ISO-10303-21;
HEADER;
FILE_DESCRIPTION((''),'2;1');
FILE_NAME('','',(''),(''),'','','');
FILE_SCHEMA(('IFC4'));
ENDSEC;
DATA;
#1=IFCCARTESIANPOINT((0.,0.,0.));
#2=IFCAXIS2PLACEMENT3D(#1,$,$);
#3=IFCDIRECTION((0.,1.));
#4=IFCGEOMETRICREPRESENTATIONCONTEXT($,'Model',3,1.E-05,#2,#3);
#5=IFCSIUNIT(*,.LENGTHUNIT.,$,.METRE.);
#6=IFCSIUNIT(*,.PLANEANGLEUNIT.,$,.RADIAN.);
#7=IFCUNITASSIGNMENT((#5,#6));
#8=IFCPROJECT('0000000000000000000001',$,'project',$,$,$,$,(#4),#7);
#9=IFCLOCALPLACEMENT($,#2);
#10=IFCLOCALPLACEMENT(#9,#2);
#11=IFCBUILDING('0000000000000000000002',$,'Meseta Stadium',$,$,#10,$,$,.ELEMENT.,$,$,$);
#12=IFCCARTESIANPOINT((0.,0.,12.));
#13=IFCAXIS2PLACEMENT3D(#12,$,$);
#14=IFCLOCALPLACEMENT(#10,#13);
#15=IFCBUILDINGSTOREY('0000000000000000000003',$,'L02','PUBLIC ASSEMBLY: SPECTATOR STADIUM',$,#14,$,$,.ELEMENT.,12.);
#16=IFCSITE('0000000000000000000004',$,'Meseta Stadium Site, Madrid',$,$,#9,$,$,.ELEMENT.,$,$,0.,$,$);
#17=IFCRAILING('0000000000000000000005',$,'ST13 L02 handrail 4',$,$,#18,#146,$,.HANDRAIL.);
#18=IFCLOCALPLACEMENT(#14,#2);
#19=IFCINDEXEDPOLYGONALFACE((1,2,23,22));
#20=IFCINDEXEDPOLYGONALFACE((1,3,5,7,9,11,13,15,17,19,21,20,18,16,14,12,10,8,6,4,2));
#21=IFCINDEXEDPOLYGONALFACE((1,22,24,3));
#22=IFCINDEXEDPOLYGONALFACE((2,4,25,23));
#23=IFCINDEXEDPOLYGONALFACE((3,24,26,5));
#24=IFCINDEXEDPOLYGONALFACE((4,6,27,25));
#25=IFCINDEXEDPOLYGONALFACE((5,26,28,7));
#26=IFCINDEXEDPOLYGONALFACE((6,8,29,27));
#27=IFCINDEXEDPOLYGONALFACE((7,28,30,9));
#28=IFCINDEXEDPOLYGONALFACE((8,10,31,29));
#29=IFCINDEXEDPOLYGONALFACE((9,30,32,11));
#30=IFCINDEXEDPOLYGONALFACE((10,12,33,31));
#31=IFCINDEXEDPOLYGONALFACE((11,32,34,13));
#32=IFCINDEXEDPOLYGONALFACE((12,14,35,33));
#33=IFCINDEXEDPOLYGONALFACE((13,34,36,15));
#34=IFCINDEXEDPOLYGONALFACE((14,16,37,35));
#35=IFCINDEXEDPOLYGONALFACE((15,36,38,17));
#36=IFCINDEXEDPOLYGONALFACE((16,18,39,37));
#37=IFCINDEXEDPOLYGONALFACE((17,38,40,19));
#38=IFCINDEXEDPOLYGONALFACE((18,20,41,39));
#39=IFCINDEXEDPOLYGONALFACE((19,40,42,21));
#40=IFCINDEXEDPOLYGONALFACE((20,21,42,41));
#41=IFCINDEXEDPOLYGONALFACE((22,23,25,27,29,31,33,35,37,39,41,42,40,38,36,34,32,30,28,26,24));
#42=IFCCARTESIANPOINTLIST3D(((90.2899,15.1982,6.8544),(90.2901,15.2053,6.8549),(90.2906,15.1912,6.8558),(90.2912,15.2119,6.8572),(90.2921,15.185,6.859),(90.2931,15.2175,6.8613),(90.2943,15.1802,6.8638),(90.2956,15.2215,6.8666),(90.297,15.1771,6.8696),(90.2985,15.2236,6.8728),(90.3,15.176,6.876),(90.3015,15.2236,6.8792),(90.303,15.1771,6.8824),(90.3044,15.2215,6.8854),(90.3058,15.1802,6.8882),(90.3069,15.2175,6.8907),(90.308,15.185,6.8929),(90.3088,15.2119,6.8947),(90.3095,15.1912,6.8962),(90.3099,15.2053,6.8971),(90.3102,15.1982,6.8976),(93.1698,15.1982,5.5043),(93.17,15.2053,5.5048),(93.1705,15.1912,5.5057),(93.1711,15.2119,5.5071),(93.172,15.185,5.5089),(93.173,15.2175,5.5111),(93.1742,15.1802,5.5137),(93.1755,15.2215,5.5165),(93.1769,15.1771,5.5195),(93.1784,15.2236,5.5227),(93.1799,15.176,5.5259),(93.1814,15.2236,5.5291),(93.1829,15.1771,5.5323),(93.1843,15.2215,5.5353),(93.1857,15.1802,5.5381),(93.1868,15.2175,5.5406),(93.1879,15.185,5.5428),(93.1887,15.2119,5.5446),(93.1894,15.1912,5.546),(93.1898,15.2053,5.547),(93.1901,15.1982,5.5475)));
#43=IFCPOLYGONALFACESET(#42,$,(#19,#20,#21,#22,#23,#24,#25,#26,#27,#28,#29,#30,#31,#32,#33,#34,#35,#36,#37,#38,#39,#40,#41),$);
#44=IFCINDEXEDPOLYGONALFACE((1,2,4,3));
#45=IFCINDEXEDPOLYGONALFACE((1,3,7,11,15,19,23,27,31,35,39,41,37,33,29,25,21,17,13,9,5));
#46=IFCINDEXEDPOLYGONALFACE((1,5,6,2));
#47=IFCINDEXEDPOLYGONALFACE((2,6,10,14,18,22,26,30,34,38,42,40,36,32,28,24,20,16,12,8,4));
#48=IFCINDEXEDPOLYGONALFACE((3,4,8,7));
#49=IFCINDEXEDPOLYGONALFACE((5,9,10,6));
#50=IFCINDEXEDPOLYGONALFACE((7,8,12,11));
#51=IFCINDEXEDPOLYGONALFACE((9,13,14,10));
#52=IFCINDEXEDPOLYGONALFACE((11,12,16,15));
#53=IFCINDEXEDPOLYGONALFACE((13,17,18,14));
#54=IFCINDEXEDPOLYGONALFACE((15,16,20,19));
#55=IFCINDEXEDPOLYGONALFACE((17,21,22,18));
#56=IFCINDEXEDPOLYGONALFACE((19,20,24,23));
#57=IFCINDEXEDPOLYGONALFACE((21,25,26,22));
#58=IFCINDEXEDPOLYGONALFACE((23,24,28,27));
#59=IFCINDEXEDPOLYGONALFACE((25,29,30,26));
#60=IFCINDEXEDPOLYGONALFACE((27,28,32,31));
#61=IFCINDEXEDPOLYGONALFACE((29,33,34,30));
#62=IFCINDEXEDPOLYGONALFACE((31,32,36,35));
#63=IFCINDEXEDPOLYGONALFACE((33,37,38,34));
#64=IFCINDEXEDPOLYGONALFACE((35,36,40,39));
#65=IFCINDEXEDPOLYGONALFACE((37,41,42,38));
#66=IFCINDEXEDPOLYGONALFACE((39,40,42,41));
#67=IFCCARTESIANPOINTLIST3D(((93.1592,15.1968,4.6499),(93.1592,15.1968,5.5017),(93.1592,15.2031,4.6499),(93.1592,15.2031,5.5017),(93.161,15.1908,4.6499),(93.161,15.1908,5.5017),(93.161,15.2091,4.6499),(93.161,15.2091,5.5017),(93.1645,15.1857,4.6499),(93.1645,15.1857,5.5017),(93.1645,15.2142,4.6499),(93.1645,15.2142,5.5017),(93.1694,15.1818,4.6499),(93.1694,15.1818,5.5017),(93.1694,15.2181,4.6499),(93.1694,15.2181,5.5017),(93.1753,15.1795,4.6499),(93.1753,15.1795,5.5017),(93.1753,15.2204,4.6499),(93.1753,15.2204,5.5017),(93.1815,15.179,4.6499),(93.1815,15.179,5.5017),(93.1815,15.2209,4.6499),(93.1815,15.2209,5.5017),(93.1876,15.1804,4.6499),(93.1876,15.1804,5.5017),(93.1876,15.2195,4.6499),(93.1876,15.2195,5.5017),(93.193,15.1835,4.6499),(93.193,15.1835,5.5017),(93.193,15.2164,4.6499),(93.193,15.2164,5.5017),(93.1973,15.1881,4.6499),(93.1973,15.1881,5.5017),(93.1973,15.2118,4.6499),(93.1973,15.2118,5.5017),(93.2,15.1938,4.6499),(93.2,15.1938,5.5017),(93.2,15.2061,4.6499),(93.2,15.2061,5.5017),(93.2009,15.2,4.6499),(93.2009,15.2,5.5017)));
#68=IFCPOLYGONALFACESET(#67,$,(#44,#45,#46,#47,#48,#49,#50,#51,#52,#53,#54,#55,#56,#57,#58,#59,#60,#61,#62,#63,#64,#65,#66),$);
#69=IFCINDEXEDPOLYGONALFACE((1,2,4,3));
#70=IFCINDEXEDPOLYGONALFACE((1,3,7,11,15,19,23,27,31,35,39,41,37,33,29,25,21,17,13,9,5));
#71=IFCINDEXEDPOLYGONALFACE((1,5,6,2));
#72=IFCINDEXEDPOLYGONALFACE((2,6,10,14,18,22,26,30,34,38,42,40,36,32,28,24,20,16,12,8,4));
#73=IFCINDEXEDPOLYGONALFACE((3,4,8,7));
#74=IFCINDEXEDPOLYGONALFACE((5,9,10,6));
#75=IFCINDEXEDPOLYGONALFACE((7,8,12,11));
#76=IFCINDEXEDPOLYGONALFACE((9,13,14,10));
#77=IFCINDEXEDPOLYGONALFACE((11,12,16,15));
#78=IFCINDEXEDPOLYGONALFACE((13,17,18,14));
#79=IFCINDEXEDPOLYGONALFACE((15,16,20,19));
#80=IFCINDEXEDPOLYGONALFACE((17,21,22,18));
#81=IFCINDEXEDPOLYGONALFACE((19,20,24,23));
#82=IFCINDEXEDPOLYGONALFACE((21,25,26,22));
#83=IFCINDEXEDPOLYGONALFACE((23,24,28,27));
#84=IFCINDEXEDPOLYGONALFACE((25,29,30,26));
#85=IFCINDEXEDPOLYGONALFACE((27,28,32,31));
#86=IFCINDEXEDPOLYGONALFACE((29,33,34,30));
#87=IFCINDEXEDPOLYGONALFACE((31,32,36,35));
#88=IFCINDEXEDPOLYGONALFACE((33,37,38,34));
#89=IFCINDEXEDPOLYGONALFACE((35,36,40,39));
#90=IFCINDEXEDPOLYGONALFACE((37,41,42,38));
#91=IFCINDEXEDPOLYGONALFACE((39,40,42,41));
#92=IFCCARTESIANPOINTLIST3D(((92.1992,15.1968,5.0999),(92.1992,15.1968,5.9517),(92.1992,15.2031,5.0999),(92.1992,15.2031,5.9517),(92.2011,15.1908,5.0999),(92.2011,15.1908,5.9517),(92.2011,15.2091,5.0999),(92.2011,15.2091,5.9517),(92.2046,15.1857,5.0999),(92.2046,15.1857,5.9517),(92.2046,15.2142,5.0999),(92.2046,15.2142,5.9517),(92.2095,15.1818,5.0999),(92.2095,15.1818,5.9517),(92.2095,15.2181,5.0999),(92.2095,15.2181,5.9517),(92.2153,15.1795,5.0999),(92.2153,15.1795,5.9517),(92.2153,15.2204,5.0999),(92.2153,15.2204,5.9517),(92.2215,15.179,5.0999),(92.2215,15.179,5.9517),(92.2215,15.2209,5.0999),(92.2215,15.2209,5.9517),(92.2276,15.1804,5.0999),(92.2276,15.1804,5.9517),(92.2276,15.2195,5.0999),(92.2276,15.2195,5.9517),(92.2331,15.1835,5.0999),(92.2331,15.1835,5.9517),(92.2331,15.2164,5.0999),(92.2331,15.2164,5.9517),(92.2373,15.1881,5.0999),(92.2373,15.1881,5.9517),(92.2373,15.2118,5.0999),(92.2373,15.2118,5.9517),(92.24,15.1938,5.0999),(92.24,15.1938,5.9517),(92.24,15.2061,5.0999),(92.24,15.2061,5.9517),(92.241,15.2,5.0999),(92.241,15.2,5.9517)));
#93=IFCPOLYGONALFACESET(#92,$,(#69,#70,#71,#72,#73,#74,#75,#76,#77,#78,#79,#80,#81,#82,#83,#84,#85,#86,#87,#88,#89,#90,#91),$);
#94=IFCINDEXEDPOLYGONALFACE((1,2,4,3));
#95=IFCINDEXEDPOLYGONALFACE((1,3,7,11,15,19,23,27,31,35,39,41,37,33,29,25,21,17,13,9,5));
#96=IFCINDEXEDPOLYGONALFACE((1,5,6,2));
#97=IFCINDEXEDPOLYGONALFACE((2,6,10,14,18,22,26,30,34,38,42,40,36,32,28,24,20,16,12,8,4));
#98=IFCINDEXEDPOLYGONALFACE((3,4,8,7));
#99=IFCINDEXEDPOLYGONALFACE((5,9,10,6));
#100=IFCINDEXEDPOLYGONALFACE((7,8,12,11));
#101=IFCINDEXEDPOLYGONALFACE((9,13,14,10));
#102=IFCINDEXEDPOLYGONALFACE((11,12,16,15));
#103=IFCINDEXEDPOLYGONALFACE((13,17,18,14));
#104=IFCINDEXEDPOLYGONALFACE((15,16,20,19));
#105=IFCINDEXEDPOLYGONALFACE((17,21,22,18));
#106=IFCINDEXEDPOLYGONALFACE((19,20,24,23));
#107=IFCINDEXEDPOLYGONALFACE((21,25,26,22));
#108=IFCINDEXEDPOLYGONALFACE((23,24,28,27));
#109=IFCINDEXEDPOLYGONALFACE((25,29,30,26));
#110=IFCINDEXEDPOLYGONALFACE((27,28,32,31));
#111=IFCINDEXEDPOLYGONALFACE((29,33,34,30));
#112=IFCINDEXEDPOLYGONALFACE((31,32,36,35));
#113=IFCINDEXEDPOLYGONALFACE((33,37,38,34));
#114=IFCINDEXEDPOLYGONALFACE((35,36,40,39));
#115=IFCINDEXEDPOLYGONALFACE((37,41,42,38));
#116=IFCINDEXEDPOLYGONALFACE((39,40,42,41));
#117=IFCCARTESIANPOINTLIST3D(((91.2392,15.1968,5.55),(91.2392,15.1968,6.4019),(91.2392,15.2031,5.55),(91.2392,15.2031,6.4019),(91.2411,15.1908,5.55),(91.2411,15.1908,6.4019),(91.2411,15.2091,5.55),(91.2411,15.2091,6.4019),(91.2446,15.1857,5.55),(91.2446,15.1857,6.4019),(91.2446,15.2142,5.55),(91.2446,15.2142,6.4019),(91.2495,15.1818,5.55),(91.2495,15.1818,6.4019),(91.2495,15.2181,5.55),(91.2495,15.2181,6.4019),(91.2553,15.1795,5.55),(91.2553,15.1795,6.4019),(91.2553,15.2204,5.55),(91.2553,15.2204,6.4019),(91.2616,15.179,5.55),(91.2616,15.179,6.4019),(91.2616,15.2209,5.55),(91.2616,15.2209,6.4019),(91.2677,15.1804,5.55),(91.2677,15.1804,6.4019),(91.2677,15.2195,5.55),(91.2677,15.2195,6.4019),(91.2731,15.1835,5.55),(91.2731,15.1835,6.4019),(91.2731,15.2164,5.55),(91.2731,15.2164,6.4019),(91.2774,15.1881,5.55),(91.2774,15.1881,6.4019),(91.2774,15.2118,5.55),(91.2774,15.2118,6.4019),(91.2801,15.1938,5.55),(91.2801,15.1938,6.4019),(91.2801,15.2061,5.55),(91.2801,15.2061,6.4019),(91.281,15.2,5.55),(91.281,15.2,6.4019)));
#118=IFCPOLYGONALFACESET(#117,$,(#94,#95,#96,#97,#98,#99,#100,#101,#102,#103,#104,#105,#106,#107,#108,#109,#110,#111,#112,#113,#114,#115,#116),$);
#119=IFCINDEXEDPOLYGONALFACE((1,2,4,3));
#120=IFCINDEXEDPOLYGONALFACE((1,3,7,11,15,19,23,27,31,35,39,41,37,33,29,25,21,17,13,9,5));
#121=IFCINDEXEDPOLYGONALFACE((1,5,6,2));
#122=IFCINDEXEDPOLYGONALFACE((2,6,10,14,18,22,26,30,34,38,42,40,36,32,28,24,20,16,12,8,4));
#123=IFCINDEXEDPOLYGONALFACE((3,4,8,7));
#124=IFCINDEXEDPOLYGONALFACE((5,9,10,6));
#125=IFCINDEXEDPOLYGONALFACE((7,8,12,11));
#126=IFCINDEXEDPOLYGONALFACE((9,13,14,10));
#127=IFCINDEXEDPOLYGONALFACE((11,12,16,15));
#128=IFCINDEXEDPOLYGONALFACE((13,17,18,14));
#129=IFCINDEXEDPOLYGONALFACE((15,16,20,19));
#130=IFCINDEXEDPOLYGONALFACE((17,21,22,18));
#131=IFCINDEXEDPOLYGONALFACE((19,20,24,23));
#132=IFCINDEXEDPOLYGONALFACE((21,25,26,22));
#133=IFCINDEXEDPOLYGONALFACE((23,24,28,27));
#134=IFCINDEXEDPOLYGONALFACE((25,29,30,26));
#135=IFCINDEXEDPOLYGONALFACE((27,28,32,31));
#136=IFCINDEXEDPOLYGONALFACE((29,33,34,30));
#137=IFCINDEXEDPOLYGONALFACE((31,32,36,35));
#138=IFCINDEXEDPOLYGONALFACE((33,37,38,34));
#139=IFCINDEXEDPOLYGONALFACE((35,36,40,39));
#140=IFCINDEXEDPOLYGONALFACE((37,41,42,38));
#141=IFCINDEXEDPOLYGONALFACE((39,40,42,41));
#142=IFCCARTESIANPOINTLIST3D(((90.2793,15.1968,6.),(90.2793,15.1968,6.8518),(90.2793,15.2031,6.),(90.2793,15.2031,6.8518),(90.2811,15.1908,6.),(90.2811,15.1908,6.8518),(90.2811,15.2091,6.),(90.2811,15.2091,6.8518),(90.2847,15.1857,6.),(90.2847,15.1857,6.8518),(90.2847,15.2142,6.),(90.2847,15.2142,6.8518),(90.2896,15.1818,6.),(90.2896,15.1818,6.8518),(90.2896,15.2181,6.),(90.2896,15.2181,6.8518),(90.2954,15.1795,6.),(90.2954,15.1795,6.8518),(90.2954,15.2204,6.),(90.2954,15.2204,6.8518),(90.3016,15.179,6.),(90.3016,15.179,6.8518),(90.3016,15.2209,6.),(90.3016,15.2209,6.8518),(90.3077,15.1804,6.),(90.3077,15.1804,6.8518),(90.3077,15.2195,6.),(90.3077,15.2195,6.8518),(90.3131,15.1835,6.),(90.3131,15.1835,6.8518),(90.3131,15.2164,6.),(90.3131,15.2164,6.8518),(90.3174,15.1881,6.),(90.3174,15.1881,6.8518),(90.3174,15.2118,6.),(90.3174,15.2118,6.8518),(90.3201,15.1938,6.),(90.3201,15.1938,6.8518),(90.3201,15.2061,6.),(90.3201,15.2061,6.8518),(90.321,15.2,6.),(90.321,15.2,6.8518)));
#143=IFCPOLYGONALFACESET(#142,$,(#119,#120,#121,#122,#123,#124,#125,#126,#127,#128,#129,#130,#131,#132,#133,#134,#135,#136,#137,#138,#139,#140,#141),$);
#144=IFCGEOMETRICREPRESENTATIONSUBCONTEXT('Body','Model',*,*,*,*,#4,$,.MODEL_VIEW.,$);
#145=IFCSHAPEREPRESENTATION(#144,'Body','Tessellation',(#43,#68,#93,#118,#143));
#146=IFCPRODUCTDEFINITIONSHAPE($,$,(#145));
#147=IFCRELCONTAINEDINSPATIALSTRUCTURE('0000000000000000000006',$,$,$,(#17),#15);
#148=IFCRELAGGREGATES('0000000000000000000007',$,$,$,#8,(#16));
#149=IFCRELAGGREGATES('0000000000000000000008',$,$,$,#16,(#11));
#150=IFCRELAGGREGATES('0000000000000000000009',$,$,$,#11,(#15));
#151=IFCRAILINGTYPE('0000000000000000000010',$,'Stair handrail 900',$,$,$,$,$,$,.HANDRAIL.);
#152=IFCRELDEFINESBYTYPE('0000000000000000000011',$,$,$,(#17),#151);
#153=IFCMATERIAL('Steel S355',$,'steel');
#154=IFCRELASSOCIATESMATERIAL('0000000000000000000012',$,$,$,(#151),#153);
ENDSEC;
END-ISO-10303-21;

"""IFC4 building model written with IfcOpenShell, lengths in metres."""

from ifc_helpers import new_model, si_unit, direction, frame, origin, origin_2d, place, context, subcontext, project, spatial, circle, extrude, material, type_object, element, save


model = new_model("IFC4")

# Units and contexts
model_context = context("Model", 3, precision=1e-05, world=origin(), true_north=direction((0.0, 1.0)))
body_context = subcontext(model_context, "Body", "Model", "MODEL_VIEW")
ifc_project = project(units=[si_unit("LENGTHUNIT", "METRE"), si_unit("PLANEANGLEUNIT", "RADIAN")], contexts=[model_context])

# Site, building, storey
site_placement = place(None, origin())
site = spatial("IfcSite", under=ifc_project, at=site_placement, Name="Meseta Stadium Site, Madrid", CompositionType="ELEMENT", RefElevation=0.0)
building_placement = place(site_placement, origin())
building = spatial("IfcBuilding", under=site, at=building_placement, Name="Meseta Stadium", CompositionType="ELEMENT")
storey_placement = place(building_placement, frame((0.0, 0.0, 12.0)))
storey = spatial("IfcBuildingStorey", under=building, at=storey_placement, Name="L02", Description="PUBLIC ASSEMBLY: SPECTATOR STADIUM", CompositionType="ELEMENT", Elevation=12.0)

# Railing
ifc_material_1 = material(Name="Steel S355", Category="steel")
railing_type_1 = type_object("IfcRailingType", Name="Stair handrail 900", PredefinedType="HANDRAIL", material=ifc_material_1)
railing_1_placement = place(storey_placement, frame((93.1799, 15.2, 4.6499)))
element("IfcRailing", 1, at=railing_1_placement, inside=storey, type_object=railing_type_1, Name="ST13 L02 handrail 4", PredefinedType="HANDRAIL", context=body_context, shape_type="SweptSolid", body=[
    extrude(circle(Radius=0.0239, at=origin_2d()), frame((0.0, 0.0, 0.876), z_axis=(-0.90544, 0.0, 0.424473), x_axis=(0.0, -1.0, 0.0)), (0.0, 0.0, 1.0), 3.1807),
    extrude(circle(Radius=0.021, at=origin_2d()), origin(), (0.0, 0.0, 1.0), 0.8518),
    extrude(circle(Radius=0.021, at=origin_2d()), frame((-0.96, 0.0, 0.45)), (0.0, 0.0, 1.0), 0.8518),
    extrude(circle(Radius=0.021, at=origin_2d()), frame((-1.9199, 0.0, 0.9001)), (0.0, 0.0, 1.0), 0.8518),
    extrude(circle(Radius=0.021, at=origin_2d()), frame((-2.8799, 0.0, 1.3501)), (0.0, 0.0, 1.0), 0.8518),
])

save(model, "model.ifc")
